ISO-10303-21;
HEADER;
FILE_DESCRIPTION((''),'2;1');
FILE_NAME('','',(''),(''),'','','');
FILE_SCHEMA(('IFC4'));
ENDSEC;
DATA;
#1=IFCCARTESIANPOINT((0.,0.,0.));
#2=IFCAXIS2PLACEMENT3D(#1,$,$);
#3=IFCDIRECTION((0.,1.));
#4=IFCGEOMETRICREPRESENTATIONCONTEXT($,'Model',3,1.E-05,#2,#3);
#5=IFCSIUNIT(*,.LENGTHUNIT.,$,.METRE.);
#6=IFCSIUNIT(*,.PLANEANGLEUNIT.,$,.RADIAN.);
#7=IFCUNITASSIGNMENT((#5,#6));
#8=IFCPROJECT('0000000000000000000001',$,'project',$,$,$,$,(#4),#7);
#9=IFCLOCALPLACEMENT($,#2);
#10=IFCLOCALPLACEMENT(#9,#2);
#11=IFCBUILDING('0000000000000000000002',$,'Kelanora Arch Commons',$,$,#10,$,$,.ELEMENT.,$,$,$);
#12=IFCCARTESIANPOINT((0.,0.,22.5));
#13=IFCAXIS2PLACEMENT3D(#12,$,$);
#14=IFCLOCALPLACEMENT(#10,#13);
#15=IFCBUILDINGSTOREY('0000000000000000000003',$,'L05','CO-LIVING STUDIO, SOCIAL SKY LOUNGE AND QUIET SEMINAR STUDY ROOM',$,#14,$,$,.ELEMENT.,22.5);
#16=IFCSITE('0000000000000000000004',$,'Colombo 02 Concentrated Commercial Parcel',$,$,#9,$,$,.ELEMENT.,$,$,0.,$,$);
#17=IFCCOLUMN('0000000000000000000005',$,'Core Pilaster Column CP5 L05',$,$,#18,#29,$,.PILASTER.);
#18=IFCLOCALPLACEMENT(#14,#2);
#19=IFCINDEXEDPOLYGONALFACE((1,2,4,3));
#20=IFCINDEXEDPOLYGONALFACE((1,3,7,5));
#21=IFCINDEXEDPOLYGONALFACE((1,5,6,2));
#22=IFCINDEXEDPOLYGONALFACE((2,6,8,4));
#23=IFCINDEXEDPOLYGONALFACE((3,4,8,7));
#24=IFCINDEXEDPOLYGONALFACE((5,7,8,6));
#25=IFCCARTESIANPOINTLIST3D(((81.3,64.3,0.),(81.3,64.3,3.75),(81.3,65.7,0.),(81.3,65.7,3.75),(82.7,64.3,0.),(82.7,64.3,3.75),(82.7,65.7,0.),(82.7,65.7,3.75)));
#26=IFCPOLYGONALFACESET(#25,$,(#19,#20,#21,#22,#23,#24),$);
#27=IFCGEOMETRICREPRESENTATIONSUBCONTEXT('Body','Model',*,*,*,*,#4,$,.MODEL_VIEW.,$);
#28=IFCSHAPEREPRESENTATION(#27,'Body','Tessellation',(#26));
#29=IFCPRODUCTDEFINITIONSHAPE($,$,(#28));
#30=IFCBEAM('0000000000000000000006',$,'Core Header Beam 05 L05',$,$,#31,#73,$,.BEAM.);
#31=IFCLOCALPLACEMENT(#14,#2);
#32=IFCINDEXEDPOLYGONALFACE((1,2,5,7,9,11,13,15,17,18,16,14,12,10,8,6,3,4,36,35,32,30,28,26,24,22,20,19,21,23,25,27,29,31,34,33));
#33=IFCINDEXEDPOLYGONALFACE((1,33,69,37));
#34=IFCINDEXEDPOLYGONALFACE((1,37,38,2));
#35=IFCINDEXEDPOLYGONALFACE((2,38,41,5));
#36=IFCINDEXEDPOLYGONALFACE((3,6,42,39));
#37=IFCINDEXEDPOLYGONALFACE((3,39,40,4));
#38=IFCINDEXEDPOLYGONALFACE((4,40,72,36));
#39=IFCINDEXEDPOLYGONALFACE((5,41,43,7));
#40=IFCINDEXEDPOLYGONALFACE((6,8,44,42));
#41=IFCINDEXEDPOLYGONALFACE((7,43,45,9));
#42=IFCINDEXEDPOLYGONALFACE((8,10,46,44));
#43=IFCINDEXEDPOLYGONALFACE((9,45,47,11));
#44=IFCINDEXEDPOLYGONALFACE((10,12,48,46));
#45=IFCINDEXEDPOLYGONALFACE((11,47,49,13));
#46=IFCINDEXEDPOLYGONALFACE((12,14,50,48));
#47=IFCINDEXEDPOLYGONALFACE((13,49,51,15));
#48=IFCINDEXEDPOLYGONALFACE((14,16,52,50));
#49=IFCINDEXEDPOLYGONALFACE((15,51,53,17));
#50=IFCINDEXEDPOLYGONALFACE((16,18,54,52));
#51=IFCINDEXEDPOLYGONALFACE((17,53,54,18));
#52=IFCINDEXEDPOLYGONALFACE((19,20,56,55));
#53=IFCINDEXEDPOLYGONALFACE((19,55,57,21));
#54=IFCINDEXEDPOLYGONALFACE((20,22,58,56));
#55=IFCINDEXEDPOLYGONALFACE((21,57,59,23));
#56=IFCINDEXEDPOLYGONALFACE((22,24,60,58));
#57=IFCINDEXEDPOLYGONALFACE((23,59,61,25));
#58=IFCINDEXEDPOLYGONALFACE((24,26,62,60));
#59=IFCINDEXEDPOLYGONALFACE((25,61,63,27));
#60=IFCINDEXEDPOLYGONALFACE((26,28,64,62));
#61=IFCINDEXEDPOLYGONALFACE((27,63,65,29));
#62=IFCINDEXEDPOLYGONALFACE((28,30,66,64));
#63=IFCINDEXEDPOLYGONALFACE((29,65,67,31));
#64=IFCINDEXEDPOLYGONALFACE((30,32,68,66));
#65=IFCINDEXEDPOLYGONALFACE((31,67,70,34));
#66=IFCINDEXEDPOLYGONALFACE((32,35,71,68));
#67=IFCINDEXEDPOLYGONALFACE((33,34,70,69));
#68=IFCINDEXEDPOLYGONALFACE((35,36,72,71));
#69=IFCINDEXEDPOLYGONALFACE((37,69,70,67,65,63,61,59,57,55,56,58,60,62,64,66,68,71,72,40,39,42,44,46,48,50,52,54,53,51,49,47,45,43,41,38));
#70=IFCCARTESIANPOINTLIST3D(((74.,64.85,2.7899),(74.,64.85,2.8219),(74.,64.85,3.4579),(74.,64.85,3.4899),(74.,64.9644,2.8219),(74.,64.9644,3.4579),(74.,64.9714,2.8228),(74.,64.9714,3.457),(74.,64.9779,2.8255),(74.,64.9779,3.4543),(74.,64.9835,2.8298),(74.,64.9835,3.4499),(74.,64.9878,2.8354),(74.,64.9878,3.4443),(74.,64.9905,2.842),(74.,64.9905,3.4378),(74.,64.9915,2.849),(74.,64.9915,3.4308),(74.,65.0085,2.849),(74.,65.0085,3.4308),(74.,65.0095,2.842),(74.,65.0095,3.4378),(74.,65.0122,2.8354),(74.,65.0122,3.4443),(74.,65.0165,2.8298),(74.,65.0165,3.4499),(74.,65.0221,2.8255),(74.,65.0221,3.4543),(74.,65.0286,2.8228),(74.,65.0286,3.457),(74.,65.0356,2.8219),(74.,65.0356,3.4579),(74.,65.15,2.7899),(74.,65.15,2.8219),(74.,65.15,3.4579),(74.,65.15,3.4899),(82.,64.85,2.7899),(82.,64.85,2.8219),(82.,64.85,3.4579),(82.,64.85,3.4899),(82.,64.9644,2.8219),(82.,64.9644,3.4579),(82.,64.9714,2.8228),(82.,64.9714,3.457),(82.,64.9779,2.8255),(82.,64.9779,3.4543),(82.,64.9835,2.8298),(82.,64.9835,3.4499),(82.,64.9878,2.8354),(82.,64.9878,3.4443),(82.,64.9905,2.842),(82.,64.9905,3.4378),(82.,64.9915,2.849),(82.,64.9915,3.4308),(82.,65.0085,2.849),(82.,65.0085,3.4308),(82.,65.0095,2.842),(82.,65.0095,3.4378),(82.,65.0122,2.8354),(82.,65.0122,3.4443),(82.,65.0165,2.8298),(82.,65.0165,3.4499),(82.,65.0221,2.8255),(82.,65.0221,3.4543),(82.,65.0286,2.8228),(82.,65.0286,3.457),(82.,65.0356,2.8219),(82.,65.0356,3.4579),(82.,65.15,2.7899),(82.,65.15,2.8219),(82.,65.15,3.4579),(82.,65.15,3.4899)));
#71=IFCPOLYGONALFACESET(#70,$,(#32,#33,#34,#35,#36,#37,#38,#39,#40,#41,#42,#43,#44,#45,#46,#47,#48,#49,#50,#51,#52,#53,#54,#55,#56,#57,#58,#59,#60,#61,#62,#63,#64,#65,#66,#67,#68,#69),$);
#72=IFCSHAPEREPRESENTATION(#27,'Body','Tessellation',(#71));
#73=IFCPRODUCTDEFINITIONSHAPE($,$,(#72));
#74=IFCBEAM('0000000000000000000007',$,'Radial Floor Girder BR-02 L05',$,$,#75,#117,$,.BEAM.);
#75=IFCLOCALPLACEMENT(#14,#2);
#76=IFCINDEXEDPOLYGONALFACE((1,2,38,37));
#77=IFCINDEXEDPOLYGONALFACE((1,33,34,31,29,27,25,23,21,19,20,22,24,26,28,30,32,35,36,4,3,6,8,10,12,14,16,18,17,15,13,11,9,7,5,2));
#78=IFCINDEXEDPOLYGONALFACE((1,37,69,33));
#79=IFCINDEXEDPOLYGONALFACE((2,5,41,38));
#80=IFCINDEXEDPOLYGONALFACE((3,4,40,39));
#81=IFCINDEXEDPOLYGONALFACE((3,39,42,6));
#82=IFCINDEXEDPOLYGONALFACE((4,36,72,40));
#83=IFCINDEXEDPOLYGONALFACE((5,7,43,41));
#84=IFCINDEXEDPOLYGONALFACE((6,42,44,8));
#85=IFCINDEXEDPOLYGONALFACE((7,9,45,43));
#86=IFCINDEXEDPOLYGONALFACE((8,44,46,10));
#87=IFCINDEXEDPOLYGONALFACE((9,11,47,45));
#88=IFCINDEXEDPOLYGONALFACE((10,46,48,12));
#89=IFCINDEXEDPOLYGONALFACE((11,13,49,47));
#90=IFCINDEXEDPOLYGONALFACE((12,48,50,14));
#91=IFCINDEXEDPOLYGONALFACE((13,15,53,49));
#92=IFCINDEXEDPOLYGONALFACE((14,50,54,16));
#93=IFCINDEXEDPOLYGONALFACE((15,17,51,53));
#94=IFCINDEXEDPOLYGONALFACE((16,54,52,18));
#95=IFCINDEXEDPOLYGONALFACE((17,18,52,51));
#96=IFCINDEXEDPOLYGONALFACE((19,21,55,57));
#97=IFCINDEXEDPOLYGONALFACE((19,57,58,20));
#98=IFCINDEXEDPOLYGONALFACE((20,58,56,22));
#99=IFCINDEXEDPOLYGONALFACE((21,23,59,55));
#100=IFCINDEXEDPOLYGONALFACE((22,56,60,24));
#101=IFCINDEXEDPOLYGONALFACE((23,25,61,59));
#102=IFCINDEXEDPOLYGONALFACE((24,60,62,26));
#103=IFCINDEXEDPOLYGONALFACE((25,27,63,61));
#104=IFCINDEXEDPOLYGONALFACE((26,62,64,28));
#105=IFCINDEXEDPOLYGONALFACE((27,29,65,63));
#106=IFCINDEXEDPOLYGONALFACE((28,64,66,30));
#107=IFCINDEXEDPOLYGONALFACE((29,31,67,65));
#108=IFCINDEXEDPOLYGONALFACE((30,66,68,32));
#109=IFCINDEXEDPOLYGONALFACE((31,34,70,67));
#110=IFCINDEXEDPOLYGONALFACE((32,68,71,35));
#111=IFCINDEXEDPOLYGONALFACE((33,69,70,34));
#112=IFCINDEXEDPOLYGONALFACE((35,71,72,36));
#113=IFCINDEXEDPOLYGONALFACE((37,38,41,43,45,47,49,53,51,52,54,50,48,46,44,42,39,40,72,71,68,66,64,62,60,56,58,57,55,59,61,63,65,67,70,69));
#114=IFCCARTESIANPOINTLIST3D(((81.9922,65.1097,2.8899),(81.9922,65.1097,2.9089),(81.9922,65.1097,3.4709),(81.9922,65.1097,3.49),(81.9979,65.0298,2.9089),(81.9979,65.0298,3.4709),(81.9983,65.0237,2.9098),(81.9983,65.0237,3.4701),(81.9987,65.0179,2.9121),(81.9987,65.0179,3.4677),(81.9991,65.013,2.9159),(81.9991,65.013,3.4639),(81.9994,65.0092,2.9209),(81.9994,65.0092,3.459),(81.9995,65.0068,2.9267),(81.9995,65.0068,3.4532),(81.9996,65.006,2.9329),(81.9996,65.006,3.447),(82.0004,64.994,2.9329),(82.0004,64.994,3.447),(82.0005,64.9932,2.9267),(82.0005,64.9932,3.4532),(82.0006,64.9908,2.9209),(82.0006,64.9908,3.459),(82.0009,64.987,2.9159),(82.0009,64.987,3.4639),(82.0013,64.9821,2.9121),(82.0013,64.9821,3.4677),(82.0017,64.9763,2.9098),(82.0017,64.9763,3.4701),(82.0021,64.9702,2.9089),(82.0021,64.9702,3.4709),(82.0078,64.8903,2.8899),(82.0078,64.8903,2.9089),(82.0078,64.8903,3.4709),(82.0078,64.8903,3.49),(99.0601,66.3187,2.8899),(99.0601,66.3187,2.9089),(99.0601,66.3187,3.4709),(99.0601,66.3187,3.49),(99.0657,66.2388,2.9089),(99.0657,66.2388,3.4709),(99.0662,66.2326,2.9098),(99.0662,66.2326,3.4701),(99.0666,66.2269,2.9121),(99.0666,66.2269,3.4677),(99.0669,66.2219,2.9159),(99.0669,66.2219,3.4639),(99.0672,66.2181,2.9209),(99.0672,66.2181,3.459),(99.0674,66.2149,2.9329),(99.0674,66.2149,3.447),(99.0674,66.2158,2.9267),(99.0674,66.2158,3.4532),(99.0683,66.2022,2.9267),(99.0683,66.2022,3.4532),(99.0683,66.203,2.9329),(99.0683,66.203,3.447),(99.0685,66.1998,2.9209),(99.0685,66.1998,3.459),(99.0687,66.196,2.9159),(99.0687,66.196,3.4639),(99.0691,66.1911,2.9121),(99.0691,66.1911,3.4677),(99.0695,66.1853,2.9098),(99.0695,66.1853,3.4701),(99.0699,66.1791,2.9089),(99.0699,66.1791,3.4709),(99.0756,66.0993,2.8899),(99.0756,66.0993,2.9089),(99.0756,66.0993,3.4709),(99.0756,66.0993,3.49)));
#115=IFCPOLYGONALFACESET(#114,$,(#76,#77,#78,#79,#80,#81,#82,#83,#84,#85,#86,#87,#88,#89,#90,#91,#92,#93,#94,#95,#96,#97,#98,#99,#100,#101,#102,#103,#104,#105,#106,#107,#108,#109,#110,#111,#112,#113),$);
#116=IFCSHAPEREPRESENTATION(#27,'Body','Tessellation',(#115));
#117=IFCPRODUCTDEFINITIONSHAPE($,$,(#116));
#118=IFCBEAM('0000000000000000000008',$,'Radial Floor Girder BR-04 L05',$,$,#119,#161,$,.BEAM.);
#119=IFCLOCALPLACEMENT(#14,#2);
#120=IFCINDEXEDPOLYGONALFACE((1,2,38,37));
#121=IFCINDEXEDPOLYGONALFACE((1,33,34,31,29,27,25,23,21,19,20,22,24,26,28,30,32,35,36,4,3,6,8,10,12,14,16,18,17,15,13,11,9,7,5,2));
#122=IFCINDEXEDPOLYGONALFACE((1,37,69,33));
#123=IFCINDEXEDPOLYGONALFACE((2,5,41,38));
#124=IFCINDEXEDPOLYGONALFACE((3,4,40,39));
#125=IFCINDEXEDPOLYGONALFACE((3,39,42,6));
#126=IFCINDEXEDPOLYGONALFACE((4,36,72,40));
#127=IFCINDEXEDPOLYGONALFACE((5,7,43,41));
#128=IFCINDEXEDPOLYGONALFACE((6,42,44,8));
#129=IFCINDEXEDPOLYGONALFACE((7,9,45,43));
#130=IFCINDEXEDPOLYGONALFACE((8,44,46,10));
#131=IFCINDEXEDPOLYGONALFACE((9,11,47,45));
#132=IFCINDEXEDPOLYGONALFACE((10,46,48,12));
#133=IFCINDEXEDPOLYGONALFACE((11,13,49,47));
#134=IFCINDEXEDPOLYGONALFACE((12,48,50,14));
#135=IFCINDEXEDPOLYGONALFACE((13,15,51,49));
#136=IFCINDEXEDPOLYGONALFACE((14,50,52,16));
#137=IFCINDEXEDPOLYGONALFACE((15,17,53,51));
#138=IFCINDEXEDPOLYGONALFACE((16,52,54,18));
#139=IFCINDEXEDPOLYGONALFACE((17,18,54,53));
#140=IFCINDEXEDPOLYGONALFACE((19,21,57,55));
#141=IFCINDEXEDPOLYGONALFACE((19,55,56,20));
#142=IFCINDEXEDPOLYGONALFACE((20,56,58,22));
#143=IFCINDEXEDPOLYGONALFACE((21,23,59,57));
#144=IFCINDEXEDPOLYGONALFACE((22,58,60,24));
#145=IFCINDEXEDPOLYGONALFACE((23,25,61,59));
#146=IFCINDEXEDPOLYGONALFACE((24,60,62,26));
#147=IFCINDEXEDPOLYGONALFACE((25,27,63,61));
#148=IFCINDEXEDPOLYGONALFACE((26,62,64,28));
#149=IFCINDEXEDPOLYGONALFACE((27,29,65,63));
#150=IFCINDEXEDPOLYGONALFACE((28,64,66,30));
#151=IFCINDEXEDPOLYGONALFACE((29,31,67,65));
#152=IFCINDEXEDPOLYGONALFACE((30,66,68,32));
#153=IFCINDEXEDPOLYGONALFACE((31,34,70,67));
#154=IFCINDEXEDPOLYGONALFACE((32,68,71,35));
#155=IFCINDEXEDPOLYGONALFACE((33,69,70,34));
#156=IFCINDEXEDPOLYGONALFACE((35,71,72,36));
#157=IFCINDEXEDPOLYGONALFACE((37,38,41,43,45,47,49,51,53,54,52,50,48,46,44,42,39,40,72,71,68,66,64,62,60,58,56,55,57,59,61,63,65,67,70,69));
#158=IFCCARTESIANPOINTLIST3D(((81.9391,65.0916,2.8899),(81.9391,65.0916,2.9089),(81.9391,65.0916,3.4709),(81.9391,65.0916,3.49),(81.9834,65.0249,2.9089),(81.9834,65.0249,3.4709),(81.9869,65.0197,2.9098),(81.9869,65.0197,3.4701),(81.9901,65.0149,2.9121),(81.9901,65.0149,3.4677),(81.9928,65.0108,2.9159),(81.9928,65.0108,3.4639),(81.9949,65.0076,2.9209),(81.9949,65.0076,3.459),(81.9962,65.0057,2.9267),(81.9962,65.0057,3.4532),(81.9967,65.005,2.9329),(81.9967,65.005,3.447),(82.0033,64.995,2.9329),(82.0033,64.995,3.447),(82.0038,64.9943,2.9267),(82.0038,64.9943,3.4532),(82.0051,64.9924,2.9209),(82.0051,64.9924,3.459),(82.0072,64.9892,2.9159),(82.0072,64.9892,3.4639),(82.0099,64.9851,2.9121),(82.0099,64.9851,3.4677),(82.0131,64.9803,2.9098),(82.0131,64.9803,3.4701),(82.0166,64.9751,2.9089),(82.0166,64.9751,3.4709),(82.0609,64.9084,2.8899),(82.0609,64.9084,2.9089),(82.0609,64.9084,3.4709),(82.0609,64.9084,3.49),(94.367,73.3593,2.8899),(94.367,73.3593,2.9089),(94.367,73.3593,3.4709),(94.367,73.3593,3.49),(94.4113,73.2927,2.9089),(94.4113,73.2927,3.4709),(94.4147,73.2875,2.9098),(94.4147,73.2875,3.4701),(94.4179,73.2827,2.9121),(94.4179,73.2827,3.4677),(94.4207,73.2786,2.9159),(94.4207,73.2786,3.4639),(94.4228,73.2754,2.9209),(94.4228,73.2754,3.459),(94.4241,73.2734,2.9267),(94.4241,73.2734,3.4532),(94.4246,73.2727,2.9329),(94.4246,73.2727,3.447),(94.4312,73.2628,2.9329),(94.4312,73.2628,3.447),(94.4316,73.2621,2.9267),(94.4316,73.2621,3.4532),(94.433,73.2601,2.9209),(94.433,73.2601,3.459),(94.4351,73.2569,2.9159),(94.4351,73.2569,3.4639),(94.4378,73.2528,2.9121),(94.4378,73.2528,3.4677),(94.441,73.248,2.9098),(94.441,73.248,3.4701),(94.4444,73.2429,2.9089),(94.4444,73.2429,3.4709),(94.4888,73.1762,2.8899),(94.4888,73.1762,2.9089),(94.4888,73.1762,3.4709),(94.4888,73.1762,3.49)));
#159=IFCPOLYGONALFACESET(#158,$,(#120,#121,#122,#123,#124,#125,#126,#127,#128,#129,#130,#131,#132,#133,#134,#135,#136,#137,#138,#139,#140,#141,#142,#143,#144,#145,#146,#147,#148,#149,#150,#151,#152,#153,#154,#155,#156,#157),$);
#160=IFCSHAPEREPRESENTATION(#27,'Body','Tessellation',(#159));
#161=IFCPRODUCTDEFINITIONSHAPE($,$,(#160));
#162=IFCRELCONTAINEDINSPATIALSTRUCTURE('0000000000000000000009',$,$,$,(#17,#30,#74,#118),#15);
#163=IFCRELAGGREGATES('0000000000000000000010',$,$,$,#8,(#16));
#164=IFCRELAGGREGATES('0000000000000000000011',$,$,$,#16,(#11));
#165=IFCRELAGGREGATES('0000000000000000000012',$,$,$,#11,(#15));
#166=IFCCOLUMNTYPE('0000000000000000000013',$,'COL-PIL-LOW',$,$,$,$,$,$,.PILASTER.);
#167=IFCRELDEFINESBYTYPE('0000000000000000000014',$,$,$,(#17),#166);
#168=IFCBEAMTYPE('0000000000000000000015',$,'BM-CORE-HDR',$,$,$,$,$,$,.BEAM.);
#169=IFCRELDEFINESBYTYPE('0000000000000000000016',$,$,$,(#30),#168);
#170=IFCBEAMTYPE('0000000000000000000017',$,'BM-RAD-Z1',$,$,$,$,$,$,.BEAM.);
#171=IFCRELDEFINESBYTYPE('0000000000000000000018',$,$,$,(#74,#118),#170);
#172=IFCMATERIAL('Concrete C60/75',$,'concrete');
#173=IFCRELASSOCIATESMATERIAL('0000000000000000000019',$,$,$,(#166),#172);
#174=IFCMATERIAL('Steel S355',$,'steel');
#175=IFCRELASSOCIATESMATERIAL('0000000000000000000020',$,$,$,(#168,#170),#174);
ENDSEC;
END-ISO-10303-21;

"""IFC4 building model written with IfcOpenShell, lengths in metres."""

from ifc_helpers import new_model, si_unit, direction, frame, origin, origin_2d, place, context, subcontext, project, spatial, rectangle, i_section, extrude, material, material_profile, profile_set, type_object, element, save


model = new_model("IFC4")

# Units and contexts
model_context = context("Model", 3, precision=1e-05, world=origin(), true_north=direction((0.0, 1.0)))
body_context = subcontext(model_context, "Body", "Model", "MODEL_VIEW")
ifc_project = project(units=[si_unit("LENGTHUNIT", "METRE"), si_unit("PLANEANGLEUNIT", "RADIAN")], contexts=[model_context])

# Site, building, storey
site_placement = place(None, origin())
site = spatial("IfcSite", under=ifc_project, at=site_placement, Name="Colombo 02 Concentrated Commercial Parcel", CompositionType="ELEMENT", RefElevation=0.0)
building_placement = place(site_placement, origin())
building = spatial("IfcBuilding", under=site, at=building_placement, Name="Kelanora Arch Commons", CompositionType="ELEMENT")
storey_placement = place(building_placement, frame((0.0, 0.0, 22.5)))
storey = spatial("IfcBuildingStorey", under=building, at=storey_placement, Name="L05", Description="CO-LIVING STUDIO, SOCIAL SKY LOUNGE AND QUIET SEMINAR STUDY ROOM", CompositionType="ELEMENT", Elevation=22.5)

# Column
ifc_material_1 = material(Name="Concrete C60/75", Category="concrete")
ifc_material_profile_1 = material_profile(ifc_material_1, rectangle(XDim=1.3999, YDim=1.3999, at=origin_2d()), Name="RC1400x1400")
ifc_profile_set_1 = profile_set([ifc_material_profile_1], Name="Concrete C60/75")
column_type = type_object("IfcColumnType", Name="COL-PIL-LOW", PredefinedType="PILASTER", material=ifc_profile_set_1)
column_placement = place(storey_placement, frame((82.0, 65.0, 0.0), z_axis=(0.0, 0.0, 1.0), x_axis=(1.0, 0.0, 0.0)))
element("IfcColumn", 1, at=column_placement, inside=storey, type_object=column_type, Name="Core Pilaster Column CP5 L05", PredefinedType="PILASTER", context=body_context, shape_type="SweptSolid", body=[
    extrude(rectangle(XDim=1.3999, YDim=1.3999, at=origin_2d()), origin(), (0.0, 0.0, 1.0), 3.75),
])

# Beams
ifc_material_2 = material(Name="Steel S355", Category="steel")
ifc_material_profile_2 = material_profile(ifc_material_2, i_section(OverallWidth=0.3, OverallDepth=0.7, WebThickness=0.0171, FlangeThickness=0.032, FilletRadius=0.0271, at=origin_2d()), Name="HEB700")
ifc_profile_set_2 = profile_set([ifc_material_profile_2], Name="Steel S355")
beam_type_1 = type_object("IfcBeamType", Name="BM-CORE-HDR", PredefinedType="BEAM", material=ifc_profile_set_2)
beam_1_placement = place(storey_placement, frame((82.0, 65.0, 3.1399), z_axis=(-1.0, 0.0, 0.0), x_axis=(0.0, -1.0, 0.0)))
element("IfcBeam", 2, at=beam_1_placement, inside=storey, type_object=beam_type_1, Name="Core Header Beam 05 L05", PredefinedType="BEAM", context=body_context, shape_type="SweptSolid", body=[
    extrude(i_section(OverallWidth=0.3, OverallDepth=0.7, WebThickness=0.0171, FlangeThickness=0.032, FilletRadius=0.0271, at=origin_2d()), origin(), (0.0, 0.0, 1.0), 8.0),
])
ifc_material_profile_3 = material_profile(ifc_material_2, i_section(OverallWidth=0.22, OverallDepth=0.6001, WebThickness=0.012, FlangeThickness=0.019, FilletRadius=0.0239, at=origin_2d()), Name="IPE600")
ifc_profile_set_3 = profile_set([ifc_material_profile_3], Name="Steel S355")
beam_type_2 = type_object("IfcBeamType", Name="BM-RAD-Z1", PredefinedType="BEAM", material=ifc_profile_set_3)
beam_2_placement = place(storey_placement, frame((82.0, 65.0, 3.1899), z_axis=(0.997501, 0.070657, 0.0), x_axis=(-0.070657, 0.997501, 0.0)))
element("IfcBeam", 3, at=beam_2_placement, inside=storey, type_object=beam_type_2, Name="Radial Floor Girder BR-02 L05", PredefinedType="BEAM", context=body_context, shape_type="SweptSolid", body=[
    extrude(i_section(OverallWidth=0.22, OverallDepth=0.6001, WebThickness=0.012, FlangeThickness=0.019, FilletRadius=0.0239, at=origin_2d()), origin(), (0.0, 0.0, 1.0), 17.1106),
])
beam_3_placement = place(storey_placement, frame((82.0, 65.0, 3.1899), z_axis=(0.832591, 0.553888, 0.0), x_axis=(-0.553888, 0.832591, 0.0)))
element("IfcBeam", 4, at=beam_3_placement, inside=storey, type_object=beam_type_2, Name="Radial Floor Girder BR-04 L05", PredefinedType="BEAM", context=body_context, shape_type="SweptSolid", body=[
    extrude(i_section(OverallWidth=0.22, OverallDepth=0.6001, WebThickness=0.012, FlangeThickness=0.019, FilletRadius=0.0239, at=origin_2d()), origin(), (0.0, 0.0, 1.0), 14.9268),
])

save(model, "model.ifc")
